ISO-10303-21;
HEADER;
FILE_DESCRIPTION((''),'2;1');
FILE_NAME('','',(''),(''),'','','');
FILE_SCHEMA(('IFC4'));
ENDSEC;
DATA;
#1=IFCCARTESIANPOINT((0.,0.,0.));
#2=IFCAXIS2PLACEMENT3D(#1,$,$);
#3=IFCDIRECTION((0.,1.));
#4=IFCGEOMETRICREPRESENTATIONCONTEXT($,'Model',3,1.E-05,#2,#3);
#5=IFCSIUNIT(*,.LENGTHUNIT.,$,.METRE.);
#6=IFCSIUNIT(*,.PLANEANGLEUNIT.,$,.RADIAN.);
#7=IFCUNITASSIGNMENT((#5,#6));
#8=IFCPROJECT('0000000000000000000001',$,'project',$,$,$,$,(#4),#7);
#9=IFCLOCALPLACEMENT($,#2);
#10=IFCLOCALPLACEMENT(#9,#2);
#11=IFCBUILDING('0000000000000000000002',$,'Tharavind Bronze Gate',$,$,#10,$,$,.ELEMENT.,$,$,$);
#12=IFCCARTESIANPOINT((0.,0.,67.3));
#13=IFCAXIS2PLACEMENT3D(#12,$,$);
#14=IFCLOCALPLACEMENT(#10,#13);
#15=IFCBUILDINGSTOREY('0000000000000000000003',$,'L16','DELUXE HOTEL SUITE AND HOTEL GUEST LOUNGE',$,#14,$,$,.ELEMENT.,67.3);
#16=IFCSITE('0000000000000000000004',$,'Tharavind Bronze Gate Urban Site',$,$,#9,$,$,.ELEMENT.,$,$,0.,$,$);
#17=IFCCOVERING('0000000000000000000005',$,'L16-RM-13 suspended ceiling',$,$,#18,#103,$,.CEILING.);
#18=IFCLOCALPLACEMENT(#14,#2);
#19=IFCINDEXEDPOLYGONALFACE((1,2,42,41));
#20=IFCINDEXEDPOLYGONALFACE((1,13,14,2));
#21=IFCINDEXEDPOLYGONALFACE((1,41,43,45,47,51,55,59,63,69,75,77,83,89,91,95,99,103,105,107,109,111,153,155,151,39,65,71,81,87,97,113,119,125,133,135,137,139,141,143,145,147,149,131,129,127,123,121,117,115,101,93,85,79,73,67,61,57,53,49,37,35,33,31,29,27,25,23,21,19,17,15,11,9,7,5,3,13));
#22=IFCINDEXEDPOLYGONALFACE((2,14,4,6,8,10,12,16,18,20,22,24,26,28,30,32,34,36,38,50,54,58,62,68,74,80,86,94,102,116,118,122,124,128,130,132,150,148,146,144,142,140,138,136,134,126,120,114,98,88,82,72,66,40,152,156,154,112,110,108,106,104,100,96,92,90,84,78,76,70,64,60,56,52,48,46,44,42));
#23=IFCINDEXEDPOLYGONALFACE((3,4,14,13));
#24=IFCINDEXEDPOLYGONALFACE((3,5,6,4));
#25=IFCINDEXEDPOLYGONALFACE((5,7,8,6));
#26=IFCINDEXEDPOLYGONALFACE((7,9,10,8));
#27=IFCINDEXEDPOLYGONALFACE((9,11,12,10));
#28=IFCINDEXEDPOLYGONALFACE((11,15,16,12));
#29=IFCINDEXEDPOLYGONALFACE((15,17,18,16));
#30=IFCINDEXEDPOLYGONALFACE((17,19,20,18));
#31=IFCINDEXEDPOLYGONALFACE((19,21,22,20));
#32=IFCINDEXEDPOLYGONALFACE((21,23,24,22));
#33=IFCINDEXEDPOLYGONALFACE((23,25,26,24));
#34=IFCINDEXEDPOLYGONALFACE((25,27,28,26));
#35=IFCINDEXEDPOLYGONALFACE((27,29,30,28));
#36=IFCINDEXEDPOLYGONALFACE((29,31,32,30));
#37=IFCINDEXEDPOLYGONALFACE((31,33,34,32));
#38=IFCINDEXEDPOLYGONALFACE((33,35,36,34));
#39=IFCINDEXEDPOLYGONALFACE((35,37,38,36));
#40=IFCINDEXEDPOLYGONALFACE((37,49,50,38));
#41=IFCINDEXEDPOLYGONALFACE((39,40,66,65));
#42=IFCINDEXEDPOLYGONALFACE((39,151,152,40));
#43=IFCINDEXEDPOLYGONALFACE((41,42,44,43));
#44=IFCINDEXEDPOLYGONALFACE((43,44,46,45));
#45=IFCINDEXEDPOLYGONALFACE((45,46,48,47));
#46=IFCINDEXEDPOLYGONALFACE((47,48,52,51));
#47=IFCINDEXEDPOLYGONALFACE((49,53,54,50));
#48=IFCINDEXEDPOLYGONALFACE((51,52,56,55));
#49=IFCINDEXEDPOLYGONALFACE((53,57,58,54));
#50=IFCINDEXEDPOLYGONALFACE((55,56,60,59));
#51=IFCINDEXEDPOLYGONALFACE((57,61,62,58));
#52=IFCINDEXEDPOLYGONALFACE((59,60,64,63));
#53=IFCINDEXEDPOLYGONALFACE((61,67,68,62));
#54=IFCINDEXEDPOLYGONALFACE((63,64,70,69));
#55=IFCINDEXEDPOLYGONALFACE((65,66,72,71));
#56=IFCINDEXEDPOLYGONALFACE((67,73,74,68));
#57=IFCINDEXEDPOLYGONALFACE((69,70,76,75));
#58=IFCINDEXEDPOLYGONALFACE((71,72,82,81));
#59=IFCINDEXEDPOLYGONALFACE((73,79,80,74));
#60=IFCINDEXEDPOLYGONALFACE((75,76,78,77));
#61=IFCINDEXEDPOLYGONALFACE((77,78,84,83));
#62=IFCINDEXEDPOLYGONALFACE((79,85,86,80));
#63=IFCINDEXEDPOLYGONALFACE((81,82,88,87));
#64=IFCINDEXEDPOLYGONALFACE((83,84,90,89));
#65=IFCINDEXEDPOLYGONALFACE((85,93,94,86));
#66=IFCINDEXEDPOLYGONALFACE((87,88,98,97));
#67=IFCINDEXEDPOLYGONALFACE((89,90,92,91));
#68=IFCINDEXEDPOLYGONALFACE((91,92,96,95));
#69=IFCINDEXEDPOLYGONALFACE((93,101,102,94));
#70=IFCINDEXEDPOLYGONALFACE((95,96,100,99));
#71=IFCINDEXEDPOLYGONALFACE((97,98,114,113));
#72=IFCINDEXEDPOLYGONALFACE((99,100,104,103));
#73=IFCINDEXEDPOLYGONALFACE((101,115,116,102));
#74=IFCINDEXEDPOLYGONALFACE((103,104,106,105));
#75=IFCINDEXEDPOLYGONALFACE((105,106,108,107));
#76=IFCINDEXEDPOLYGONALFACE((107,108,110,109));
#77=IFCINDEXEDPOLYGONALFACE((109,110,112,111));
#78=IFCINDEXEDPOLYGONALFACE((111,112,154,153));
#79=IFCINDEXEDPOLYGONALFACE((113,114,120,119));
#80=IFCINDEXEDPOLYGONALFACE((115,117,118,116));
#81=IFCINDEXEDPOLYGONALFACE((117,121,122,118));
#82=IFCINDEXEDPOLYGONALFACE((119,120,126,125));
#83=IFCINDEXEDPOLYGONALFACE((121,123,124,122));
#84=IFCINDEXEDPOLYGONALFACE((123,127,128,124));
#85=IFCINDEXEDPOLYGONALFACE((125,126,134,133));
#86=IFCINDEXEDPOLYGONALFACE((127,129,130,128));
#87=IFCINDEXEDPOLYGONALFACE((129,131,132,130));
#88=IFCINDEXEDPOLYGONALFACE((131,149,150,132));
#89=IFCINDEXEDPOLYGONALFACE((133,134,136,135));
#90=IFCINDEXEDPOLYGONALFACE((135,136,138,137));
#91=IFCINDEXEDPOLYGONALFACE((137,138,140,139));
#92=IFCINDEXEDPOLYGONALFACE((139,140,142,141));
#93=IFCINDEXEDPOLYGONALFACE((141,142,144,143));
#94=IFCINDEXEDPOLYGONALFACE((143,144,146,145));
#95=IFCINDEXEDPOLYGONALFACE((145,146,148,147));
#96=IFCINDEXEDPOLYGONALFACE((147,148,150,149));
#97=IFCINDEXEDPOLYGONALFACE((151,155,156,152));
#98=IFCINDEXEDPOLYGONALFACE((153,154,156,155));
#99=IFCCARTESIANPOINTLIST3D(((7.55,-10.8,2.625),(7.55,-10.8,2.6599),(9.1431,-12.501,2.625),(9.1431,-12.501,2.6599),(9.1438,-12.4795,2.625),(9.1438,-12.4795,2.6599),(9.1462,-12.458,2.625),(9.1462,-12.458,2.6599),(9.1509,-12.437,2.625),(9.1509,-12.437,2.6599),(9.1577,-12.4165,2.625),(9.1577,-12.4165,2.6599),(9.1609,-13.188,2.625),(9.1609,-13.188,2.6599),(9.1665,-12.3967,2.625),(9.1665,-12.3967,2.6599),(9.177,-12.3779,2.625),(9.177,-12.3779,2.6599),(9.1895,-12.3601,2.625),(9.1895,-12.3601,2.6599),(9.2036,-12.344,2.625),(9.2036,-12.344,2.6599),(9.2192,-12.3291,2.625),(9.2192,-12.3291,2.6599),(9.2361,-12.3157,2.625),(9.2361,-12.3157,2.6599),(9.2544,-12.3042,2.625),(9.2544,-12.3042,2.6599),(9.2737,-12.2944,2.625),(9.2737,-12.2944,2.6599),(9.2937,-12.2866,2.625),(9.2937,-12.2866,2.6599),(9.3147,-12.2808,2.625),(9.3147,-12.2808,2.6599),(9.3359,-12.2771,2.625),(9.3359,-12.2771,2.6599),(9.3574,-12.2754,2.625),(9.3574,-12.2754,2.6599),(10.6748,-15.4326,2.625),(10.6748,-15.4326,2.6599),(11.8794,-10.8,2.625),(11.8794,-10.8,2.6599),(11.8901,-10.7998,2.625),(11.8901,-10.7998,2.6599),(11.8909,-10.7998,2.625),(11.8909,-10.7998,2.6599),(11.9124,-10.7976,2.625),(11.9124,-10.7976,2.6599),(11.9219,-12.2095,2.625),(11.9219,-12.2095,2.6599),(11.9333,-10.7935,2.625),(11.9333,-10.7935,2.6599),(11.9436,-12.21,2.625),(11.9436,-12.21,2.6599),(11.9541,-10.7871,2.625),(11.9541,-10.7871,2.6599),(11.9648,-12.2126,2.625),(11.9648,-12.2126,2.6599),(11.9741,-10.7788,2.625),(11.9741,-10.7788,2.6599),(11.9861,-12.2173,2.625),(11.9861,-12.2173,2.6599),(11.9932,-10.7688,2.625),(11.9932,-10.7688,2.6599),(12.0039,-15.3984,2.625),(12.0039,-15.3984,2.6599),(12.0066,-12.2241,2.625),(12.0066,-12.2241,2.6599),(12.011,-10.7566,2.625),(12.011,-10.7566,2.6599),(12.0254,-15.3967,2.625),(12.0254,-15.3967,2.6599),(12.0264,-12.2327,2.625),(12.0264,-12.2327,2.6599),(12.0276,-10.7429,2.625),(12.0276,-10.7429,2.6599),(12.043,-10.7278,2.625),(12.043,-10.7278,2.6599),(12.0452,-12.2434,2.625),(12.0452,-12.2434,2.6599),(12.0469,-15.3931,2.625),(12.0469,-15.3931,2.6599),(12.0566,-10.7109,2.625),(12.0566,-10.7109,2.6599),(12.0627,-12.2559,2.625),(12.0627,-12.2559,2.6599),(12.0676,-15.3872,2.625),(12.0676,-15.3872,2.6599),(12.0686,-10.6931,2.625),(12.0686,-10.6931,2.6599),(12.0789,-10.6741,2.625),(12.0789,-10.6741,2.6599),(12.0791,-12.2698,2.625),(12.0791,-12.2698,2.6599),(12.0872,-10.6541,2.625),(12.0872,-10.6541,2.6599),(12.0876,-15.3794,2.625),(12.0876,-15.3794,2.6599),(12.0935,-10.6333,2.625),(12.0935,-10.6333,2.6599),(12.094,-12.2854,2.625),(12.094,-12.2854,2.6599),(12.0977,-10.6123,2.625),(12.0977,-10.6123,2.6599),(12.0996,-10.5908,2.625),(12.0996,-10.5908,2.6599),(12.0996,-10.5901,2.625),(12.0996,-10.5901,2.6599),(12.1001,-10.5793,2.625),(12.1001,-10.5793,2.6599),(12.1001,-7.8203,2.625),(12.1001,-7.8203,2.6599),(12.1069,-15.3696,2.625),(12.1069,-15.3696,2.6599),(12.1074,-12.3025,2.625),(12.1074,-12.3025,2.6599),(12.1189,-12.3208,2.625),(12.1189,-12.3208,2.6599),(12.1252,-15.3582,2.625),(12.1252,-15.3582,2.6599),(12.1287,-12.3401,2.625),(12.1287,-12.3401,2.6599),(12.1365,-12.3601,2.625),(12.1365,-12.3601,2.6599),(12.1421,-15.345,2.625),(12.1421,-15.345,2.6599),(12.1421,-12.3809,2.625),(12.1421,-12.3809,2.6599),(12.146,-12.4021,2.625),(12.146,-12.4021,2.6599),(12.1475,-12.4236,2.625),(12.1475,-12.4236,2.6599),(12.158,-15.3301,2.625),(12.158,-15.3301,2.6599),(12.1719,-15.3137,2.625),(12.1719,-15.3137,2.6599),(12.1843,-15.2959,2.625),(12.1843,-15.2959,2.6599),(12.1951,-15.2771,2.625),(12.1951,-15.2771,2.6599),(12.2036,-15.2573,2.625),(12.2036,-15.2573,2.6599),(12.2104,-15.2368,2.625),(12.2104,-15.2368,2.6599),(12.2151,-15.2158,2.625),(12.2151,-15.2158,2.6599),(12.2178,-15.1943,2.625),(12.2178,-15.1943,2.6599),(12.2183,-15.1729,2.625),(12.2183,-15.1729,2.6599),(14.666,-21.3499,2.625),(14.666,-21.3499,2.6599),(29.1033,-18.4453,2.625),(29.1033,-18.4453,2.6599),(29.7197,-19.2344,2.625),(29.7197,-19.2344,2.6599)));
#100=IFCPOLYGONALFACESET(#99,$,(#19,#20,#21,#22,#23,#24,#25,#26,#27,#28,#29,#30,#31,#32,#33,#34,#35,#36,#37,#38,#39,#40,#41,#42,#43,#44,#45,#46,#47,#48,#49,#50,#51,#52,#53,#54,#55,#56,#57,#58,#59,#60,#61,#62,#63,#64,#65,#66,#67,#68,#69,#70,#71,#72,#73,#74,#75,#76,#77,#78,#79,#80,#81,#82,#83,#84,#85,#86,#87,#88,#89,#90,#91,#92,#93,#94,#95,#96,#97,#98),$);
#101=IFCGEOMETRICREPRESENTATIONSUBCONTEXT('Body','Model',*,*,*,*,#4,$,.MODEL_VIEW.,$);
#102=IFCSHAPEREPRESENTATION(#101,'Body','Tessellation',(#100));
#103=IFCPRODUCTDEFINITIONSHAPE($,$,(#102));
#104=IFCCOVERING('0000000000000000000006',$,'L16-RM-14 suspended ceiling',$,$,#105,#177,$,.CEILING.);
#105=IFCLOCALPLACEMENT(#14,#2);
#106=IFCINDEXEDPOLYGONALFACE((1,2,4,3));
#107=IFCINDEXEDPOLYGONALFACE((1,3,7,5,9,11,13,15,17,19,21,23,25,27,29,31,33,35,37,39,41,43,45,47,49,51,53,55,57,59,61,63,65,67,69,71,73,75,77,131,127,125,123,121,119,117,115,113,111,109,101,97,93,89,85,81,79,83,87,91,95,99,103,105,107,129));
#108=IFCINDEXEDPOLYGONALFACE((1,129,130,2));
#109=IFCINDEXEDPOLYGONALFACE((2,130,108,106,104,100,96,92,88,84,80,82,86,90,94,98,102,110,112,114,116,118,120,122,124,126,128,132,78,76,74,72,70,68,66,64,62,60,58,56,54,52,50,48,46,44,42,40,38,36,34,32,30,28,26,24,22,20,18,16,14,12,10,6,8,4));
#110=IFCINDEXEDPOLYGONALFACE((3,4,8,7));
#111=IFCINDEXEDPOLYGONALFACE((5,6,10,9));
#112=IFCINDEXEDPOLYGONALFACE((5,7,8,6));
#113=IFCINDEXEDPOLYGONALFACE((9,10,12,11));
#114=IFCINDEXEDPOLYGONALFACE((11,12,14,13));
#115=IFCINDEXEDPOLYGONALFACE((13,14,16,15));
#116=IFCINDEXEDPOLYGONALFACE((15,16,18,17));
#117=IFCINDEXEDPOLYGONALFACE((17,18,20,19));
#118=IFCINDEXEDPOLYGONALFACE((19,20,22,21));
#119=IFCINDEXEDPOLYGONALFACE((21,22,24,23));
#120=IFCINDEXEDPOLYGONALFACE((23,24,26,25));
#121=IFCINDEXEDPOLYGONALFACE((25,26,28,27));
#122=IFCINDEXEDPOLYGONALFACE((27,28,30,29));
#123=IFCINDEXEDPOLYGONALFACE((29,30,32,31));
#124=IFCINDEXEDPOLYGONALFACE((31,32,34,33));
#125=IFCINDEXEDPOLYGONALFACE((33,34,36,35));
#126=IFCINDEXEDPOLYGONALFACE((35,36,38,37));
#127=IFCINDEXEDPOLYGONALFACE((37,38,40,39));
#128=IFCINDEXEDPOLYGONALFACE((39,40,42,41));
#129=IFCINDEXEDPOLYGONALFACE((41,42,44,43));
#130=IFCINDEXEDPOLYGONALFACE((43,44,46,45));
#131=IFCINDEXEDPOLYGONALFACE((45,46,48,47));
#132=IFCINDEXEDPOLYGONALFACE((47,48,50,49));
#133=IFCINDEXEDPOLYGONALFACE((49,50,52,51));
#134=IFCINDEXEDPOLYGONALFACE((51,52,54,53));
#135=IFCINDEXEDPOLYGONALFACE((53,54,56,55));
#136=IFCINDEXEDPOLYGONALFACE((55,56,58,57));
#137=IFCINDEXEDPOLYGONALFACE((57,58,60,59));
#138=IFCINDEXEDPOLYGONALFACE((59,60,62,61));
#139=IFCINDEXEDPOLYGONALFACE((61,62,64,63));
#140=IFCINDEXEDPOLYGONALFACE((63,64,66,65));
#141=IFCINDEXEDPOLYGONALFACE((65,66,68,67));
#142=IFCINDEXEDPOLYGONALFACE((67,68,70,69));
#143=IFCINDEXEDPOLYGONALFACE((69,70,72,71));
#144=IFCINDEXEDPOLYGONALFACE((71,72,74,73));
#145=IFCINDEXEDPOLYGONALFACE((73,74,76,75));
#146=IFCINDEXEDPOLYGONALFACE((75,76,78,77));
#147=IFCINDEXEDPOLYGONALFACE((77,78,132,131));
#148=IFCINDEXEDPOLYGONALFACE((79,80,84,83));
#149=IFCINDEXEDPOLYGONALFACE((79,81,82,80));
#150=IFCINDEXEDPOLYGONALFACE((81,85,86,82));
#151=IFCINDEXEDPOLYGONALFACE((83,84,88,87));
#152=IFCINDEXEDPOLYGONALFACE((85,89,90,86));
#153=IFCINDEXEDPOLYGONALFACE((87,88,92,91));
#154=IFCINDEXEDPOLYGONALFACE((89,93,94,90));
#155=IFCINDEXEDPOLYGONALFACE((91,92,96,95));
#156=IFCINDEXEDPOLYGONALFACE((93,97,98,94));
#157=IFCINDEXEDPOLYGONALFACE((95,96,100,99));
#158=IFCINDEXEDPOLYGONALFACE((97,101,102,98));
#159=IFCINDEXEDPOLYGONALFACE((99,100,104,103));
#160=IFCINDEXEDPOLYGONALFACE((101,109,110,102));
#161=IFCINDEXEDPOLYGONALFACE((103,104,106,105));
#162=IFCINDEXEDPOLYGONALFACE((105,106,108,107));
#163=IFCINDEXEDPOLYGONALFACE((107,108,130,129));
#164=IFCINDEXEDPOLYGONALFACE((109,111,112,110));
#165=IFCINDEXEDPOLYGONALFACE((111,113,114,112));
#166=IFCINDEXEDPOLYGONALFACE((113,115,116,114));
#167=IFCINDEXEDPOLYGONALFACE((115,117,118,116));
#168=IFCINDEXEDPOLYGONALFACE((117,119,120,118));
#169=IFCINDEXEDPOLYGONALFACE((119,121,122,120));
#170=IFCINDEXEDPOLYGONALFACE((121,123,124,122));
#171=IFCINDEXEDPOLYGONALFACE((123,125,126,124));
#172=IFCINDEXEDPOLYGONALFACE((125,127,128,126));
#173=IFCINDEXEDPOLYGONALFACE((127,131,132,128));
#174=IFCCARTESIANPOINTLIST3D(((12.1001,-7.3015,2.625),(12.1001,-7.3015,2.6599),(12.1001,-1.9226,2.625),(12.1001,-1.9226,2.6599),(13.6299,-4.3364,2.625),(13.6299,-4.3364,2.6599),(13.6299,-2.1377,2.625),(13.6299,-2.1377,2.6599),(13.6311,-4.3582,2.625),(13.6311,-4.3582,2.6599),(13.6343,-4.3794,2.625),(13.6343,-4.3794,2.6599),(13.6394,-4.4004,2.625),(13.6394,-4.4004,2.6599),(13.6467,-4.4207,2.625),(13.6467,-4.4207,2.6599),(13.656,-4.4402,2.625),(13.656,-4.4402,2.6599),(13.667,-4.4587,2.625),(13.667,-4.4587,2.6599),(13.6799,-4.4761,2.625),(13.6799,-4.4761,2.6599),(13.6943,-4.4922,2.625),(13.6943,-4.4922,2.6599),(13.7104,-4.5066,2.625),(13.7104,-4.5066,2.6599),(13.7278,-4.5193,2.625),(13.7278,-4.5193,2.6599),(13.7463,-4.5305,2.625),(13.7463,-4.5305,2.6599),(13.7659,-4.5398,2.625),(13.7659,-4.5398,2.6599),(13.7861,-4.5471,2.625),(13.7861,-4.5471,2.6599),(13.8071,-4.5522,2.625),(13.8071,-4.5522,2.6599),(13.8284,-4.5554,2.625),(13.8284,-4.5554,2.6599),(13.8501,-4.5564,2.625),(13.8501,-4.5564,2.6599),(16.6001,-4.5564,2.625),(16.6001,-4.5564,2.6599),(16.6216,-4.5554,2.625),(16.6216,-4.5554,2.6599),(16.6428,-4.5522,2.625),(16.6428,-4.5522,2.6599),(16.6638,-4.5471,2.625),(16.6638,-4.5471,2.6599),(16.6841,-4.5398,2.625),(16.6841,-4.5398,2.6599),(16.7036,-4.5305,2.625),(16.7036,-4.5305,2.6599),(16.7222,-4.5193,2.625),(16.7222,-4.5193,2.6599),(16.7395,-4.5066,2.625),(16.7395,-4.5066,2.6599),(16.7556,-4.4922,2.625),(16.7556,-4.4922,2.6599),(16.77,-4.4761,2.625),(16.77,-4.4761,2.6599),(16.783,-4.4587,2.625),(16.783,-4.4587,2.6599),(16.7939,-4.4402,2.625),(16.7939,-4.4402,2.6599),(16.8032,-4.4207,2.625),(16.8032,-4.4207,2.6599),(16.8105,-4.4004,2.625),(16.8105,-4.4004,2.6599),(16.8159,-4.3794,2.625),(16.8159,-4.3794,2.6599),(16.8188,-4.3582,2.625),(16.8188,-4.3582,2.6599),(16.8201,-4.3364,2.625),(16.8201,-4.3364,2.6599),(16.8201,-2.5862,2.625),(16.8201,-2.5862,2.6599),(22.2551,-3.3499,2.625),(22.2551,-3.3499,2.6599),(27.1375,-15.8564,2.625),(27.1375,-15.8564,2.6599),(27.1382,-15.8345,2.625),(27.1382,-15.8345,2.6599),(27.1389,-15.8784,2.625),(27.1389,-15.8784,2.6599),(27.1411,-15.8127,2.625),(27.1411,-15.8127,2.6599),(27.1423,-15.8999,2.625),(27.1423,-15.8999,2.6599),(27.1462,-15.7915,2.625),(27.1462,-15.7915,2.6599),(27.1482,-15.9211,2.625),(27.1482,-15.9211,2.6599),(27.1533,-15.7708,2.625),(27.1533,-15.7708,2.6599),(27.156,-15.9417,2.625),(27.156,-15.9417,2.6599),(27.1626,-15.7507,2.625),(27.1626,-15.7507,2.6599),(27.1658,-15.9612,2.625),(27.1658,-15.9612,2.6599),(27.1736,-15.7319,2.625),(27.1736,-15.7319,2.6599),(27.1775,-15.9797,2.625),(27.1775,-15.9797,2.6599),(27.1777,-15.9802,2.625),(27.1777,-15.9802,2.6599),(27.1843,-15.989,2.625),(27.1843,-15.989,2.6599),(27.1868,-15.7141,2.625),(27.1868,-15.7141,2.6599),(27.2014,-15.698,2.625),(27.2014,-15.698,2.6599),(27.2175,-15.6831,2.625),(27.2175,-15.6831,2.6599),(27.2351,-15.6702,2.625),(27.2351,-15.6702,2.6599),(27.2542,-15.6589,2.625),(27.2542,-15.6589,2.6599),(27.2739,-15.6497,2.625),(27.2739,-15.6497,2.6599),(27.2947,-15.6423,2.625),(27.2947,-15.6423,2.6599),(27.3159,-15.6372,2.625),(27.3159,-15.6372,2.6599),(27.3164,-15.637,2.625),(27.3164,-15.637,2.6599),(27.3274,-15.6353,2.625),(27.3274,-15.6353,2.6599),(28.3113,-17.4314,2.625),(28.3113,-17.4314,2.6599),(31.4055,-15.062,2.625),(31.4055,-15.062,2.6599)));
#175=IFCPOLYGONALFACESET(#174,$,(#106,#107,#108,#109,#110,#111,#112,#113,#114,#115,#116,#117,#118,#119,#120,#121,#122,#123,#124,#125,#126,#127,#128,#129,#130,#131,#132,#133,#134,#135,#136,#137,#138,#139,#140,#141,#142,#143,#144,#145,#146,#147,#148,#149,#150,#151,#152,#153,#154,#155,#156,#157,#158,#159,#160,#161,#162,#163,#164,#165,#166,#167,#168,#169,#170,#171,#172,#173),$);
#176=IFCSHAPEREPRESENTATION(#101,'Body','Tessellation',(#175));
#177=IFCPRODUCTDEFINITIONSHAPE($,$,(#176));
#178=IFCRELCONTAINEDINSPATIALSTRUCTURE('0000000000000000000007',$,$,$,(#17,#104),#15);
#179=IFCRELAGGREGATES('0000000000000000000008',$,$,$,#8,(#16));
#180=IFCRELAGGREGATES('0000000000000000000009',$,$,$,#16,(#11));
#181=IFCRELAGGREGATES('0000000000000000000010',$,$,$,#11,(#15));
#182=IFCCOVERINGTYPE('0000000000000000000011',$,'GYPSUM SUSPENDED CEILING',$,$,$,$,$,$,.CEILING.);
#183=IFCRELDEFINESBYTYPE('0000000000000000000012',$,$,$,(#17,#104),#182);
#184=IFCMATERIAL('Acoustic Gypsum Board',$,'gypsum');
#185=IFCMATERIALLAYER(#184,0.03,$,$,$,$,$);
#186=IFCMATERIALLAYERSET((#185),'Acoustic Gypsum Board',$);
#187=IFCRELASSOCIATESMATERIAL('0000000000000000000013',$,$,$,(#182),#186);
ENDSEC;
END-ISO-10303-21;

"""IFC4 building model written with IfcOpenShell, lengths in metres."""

from ifc_helpers import new_model, si_unit, direction, frame, origin, place, context, subcontext, project, spatial, polyline, outline, extrude, material, layer, layer_set, type_object, element, save


model = new_model("IFC4")

# Units and contexts
model_context = context("Model", 3, precision=1e-05, world=origin(), true_north=direction((0.0, 1.0)))
body_context = subcontext(model_context, "Body", "Model", "MODEL_VIEW")
ifc_project = project(units=[si_unit("LENGTHUNIT", "METRE"), si_unit("PLANEANGLEUNIT", "RADIAN")], contexts=[model_context])

# Site, building, storey
site_placement = place(None, origin())
site = spatial("IfcSite", under=ifc_project, at=site_placement, Name="Tharavind Bronze Gate Urban Site", CompositionType="ELEMENT", RefElevation=0.0)
building_placement = place(site_placement, origin())
building = spatial("IfcBuilding", under=site, at=building_placement, Name="Tharavind Bronze Gate", CompositionType="ELEMENT")
storey_placement = place(building_placement, frame((0.0, 0.0, 67.3)))
storey = spatial("IfcBuildingStorey", under=building, at=storey_placement, Name="L16", Description="DELUXE HOTEL SUITE AND HOTEL GUEST LOUNGE", CompositionType="ELEMENT", Elevation=67.3)

# Coverings
ifc_material_1 = material(Name="Acoustic Gypsum Board", Category="gypsum")
ifc_layer_1 = layer(ifc_material_1, 0.03)
ifc_layer_set_1 = layer_set([ifc_layer_1], Name="Acoustic Gypsum Board")
covering_type_1 = type_object("IfcCoveringType", Name="GYPSUM SUSPENDED CEILING", PredefinedType="CEILING", material=ifc_layer_set_1)
covering_1_placement = place(storey_placement, frame((0.0, 0.0, 2.625)))
element("IfcCovering", 1, at=covering_1_placement, inside=storey, type_object=covering_type_1, Name="L16-RM-13 suspended ceiling", PredefinedType="CEILING", context=body_context, shape_type="SweptSolid", body=[
    extrude(outline(polyline([(9.1609, -13.188), (9.1431, -12.501), (9.1438, -12.4795), (9.1462, -12.458), (9.1509, -12.437), (9.1577, -12.4165), (9.1665, -12.3967), (9.177, -12.3779), (9.1895, -12.3601), (9.2036, -12.344), (9.2192, -12.3291), (9.2361, -12.3157), (9.2544, -12.3042), (9.2737, -12.2944), (9.2937, -12.2866), (9.3147, -12.2808), (9.3359, -12.2771), (9.3574, -12.2754), (11.9219, -12.2095), (11.9436, -12.21), (11.9648, -12.2126), (11.9861, -12.2173), (12.0066, -12.2241), (12.0264, -12.2327), (12.0452, -12.2434), (12.0627, -12.2559), (12.0791, -12.2698), (12.094, -12.2854), (12.1074, -12.3025), (12.1189, -12.3208), (12.1287, -12.3401), (12.1365, -12.3601), (12.1421, -12.3809), (12.146, -12.4021), (12.1475, -12.4236), (12.2183, -15.1729), (12.2178, -15.1943), (12.2151, -15.2158), (12.2104, -15.2368), (12.2036, -15.2573), (12.1951, -15.2771), (12.1843, -15.2959), (12.1719, -15.3137), (12.158, -15.3301), (12.1421, -15.345), (12.1252, -15.3582), (12.1069, -15.3696), (12.0876, -15.3794), (12.0676, -15.3872), (12.0469, -15.3931), (12.0254, -15.3967), (12.0039, -15.3984), (10.6748, -15.4326), (14.666, -21.3499), (29.7197, -19.2344), (29.1033, -18.4453), (12.1001, -7.8203), (12.1001, -10.5793), (12.0996, -10.5901), (12.0996, -10.5908), (12.0977, -10.6123), (12.0935, -10.6333), (12.0872, -10.6541), (12.0789, -10.6741), (12.0686, -10.6931), (12.0566, -10.7109), (12.043, -10.7278), (12.0276, -10.7429), (12.011, -10.7566), (11.9932, -10.7688), (11.9741, -10.7788), (11.9541, -10.7871), (11.9333, -10.7935), (11.9124, -10.7976), (11.8909, -10.7998), (11.8901, -10.7998), (11.8794, -10.8), (7.55, -10.8), (9.1609, -13.188)])), origin(), (0.0, 0.0, 1.0), 0.0349),
])
covering_2_placement = place(storey_placement, frame((0.0, 0.0, 2.625)))
element("IfcCovering", 2, at=covering_2_placement, inside=storey, type_object=covering_type_1, Name="L16-RM-14 suspended ceiling", PredefinedType="CEILING", context=body_context, shape_type="SweptSolid", body=[
    extrude(outline(polyline([(12.1001, -7.3015), (28.3113, -17.4314), (27.1843, -15.989), (27.1777, -15.9802), (27.1775, -15.9797), (27.1658, -15.9612), (27.156, -15.9417), (27.1482, -15.9211), (27.1423, -15.8999), (27.1389, -15.8784), (27.1375, -15.8564), (27.1382, -15.8345), (27.1411, -15.8127), (27.1462, -15.7915), (27.1533, -15.7708), (27.1626, -15.7507), (27.1736, -15.7319), (27.1868, -15.7141), (27.2014, -15.698), (27.2175, -15.6831), (27.2351, -15.6702), (27.2542, -15.6589), (27.2739, -15.6497), (27.2947, -15.6423), (27.3159, -15.6372), (27.3164, -15.637), (27.3274, -15.6353), (31.4055, -15.062), (22.2551, -3.3499), (16.8201, -2.5862), (16.8201, -4.3364), (16.8188, -4.3582), (16.8159, -4.3794), (16.8105, -4.4004), (16.8032, -4.4207), (16.7939, -4.4402), (16.783, -4.4587), (16.77, -4.4761), (16.7556, -4.4922), (16.7395, -4.5066), (16.7222, -4.5193), (16.7036, -4.5305), (16.6841, -4.5398), (16.6638, -4.5471), (16.6428, -4.5522), (16.6216, -4.5554), (16.6001, -4.5564), (13.8501, -4.5564), (13.8284, -4.5554), (13.8071, -4.5522), (13.7861, -4.5471), (13.7659, -4.5398), (13.7463, -4.5305), (13.7278, -4.5193), (13.7104, -4.5066), (13.6943, -4.4922), (13.6799, -4.4761), (13.667, -4.4587), (13.656, -4.4402), (13.6467, -4.4207), (13.6394, -4.4004), (13.6343, -4.3794), (13.6311, -4.3582), (13.6299, -4.3364), (13.6299, -2.1377), (12.1001, -1.9226), (12.1001, -7.3015)])), origin(), (0.0, 0.0, 1.0), 0.0349),
])

save(model, "model.ifc")
